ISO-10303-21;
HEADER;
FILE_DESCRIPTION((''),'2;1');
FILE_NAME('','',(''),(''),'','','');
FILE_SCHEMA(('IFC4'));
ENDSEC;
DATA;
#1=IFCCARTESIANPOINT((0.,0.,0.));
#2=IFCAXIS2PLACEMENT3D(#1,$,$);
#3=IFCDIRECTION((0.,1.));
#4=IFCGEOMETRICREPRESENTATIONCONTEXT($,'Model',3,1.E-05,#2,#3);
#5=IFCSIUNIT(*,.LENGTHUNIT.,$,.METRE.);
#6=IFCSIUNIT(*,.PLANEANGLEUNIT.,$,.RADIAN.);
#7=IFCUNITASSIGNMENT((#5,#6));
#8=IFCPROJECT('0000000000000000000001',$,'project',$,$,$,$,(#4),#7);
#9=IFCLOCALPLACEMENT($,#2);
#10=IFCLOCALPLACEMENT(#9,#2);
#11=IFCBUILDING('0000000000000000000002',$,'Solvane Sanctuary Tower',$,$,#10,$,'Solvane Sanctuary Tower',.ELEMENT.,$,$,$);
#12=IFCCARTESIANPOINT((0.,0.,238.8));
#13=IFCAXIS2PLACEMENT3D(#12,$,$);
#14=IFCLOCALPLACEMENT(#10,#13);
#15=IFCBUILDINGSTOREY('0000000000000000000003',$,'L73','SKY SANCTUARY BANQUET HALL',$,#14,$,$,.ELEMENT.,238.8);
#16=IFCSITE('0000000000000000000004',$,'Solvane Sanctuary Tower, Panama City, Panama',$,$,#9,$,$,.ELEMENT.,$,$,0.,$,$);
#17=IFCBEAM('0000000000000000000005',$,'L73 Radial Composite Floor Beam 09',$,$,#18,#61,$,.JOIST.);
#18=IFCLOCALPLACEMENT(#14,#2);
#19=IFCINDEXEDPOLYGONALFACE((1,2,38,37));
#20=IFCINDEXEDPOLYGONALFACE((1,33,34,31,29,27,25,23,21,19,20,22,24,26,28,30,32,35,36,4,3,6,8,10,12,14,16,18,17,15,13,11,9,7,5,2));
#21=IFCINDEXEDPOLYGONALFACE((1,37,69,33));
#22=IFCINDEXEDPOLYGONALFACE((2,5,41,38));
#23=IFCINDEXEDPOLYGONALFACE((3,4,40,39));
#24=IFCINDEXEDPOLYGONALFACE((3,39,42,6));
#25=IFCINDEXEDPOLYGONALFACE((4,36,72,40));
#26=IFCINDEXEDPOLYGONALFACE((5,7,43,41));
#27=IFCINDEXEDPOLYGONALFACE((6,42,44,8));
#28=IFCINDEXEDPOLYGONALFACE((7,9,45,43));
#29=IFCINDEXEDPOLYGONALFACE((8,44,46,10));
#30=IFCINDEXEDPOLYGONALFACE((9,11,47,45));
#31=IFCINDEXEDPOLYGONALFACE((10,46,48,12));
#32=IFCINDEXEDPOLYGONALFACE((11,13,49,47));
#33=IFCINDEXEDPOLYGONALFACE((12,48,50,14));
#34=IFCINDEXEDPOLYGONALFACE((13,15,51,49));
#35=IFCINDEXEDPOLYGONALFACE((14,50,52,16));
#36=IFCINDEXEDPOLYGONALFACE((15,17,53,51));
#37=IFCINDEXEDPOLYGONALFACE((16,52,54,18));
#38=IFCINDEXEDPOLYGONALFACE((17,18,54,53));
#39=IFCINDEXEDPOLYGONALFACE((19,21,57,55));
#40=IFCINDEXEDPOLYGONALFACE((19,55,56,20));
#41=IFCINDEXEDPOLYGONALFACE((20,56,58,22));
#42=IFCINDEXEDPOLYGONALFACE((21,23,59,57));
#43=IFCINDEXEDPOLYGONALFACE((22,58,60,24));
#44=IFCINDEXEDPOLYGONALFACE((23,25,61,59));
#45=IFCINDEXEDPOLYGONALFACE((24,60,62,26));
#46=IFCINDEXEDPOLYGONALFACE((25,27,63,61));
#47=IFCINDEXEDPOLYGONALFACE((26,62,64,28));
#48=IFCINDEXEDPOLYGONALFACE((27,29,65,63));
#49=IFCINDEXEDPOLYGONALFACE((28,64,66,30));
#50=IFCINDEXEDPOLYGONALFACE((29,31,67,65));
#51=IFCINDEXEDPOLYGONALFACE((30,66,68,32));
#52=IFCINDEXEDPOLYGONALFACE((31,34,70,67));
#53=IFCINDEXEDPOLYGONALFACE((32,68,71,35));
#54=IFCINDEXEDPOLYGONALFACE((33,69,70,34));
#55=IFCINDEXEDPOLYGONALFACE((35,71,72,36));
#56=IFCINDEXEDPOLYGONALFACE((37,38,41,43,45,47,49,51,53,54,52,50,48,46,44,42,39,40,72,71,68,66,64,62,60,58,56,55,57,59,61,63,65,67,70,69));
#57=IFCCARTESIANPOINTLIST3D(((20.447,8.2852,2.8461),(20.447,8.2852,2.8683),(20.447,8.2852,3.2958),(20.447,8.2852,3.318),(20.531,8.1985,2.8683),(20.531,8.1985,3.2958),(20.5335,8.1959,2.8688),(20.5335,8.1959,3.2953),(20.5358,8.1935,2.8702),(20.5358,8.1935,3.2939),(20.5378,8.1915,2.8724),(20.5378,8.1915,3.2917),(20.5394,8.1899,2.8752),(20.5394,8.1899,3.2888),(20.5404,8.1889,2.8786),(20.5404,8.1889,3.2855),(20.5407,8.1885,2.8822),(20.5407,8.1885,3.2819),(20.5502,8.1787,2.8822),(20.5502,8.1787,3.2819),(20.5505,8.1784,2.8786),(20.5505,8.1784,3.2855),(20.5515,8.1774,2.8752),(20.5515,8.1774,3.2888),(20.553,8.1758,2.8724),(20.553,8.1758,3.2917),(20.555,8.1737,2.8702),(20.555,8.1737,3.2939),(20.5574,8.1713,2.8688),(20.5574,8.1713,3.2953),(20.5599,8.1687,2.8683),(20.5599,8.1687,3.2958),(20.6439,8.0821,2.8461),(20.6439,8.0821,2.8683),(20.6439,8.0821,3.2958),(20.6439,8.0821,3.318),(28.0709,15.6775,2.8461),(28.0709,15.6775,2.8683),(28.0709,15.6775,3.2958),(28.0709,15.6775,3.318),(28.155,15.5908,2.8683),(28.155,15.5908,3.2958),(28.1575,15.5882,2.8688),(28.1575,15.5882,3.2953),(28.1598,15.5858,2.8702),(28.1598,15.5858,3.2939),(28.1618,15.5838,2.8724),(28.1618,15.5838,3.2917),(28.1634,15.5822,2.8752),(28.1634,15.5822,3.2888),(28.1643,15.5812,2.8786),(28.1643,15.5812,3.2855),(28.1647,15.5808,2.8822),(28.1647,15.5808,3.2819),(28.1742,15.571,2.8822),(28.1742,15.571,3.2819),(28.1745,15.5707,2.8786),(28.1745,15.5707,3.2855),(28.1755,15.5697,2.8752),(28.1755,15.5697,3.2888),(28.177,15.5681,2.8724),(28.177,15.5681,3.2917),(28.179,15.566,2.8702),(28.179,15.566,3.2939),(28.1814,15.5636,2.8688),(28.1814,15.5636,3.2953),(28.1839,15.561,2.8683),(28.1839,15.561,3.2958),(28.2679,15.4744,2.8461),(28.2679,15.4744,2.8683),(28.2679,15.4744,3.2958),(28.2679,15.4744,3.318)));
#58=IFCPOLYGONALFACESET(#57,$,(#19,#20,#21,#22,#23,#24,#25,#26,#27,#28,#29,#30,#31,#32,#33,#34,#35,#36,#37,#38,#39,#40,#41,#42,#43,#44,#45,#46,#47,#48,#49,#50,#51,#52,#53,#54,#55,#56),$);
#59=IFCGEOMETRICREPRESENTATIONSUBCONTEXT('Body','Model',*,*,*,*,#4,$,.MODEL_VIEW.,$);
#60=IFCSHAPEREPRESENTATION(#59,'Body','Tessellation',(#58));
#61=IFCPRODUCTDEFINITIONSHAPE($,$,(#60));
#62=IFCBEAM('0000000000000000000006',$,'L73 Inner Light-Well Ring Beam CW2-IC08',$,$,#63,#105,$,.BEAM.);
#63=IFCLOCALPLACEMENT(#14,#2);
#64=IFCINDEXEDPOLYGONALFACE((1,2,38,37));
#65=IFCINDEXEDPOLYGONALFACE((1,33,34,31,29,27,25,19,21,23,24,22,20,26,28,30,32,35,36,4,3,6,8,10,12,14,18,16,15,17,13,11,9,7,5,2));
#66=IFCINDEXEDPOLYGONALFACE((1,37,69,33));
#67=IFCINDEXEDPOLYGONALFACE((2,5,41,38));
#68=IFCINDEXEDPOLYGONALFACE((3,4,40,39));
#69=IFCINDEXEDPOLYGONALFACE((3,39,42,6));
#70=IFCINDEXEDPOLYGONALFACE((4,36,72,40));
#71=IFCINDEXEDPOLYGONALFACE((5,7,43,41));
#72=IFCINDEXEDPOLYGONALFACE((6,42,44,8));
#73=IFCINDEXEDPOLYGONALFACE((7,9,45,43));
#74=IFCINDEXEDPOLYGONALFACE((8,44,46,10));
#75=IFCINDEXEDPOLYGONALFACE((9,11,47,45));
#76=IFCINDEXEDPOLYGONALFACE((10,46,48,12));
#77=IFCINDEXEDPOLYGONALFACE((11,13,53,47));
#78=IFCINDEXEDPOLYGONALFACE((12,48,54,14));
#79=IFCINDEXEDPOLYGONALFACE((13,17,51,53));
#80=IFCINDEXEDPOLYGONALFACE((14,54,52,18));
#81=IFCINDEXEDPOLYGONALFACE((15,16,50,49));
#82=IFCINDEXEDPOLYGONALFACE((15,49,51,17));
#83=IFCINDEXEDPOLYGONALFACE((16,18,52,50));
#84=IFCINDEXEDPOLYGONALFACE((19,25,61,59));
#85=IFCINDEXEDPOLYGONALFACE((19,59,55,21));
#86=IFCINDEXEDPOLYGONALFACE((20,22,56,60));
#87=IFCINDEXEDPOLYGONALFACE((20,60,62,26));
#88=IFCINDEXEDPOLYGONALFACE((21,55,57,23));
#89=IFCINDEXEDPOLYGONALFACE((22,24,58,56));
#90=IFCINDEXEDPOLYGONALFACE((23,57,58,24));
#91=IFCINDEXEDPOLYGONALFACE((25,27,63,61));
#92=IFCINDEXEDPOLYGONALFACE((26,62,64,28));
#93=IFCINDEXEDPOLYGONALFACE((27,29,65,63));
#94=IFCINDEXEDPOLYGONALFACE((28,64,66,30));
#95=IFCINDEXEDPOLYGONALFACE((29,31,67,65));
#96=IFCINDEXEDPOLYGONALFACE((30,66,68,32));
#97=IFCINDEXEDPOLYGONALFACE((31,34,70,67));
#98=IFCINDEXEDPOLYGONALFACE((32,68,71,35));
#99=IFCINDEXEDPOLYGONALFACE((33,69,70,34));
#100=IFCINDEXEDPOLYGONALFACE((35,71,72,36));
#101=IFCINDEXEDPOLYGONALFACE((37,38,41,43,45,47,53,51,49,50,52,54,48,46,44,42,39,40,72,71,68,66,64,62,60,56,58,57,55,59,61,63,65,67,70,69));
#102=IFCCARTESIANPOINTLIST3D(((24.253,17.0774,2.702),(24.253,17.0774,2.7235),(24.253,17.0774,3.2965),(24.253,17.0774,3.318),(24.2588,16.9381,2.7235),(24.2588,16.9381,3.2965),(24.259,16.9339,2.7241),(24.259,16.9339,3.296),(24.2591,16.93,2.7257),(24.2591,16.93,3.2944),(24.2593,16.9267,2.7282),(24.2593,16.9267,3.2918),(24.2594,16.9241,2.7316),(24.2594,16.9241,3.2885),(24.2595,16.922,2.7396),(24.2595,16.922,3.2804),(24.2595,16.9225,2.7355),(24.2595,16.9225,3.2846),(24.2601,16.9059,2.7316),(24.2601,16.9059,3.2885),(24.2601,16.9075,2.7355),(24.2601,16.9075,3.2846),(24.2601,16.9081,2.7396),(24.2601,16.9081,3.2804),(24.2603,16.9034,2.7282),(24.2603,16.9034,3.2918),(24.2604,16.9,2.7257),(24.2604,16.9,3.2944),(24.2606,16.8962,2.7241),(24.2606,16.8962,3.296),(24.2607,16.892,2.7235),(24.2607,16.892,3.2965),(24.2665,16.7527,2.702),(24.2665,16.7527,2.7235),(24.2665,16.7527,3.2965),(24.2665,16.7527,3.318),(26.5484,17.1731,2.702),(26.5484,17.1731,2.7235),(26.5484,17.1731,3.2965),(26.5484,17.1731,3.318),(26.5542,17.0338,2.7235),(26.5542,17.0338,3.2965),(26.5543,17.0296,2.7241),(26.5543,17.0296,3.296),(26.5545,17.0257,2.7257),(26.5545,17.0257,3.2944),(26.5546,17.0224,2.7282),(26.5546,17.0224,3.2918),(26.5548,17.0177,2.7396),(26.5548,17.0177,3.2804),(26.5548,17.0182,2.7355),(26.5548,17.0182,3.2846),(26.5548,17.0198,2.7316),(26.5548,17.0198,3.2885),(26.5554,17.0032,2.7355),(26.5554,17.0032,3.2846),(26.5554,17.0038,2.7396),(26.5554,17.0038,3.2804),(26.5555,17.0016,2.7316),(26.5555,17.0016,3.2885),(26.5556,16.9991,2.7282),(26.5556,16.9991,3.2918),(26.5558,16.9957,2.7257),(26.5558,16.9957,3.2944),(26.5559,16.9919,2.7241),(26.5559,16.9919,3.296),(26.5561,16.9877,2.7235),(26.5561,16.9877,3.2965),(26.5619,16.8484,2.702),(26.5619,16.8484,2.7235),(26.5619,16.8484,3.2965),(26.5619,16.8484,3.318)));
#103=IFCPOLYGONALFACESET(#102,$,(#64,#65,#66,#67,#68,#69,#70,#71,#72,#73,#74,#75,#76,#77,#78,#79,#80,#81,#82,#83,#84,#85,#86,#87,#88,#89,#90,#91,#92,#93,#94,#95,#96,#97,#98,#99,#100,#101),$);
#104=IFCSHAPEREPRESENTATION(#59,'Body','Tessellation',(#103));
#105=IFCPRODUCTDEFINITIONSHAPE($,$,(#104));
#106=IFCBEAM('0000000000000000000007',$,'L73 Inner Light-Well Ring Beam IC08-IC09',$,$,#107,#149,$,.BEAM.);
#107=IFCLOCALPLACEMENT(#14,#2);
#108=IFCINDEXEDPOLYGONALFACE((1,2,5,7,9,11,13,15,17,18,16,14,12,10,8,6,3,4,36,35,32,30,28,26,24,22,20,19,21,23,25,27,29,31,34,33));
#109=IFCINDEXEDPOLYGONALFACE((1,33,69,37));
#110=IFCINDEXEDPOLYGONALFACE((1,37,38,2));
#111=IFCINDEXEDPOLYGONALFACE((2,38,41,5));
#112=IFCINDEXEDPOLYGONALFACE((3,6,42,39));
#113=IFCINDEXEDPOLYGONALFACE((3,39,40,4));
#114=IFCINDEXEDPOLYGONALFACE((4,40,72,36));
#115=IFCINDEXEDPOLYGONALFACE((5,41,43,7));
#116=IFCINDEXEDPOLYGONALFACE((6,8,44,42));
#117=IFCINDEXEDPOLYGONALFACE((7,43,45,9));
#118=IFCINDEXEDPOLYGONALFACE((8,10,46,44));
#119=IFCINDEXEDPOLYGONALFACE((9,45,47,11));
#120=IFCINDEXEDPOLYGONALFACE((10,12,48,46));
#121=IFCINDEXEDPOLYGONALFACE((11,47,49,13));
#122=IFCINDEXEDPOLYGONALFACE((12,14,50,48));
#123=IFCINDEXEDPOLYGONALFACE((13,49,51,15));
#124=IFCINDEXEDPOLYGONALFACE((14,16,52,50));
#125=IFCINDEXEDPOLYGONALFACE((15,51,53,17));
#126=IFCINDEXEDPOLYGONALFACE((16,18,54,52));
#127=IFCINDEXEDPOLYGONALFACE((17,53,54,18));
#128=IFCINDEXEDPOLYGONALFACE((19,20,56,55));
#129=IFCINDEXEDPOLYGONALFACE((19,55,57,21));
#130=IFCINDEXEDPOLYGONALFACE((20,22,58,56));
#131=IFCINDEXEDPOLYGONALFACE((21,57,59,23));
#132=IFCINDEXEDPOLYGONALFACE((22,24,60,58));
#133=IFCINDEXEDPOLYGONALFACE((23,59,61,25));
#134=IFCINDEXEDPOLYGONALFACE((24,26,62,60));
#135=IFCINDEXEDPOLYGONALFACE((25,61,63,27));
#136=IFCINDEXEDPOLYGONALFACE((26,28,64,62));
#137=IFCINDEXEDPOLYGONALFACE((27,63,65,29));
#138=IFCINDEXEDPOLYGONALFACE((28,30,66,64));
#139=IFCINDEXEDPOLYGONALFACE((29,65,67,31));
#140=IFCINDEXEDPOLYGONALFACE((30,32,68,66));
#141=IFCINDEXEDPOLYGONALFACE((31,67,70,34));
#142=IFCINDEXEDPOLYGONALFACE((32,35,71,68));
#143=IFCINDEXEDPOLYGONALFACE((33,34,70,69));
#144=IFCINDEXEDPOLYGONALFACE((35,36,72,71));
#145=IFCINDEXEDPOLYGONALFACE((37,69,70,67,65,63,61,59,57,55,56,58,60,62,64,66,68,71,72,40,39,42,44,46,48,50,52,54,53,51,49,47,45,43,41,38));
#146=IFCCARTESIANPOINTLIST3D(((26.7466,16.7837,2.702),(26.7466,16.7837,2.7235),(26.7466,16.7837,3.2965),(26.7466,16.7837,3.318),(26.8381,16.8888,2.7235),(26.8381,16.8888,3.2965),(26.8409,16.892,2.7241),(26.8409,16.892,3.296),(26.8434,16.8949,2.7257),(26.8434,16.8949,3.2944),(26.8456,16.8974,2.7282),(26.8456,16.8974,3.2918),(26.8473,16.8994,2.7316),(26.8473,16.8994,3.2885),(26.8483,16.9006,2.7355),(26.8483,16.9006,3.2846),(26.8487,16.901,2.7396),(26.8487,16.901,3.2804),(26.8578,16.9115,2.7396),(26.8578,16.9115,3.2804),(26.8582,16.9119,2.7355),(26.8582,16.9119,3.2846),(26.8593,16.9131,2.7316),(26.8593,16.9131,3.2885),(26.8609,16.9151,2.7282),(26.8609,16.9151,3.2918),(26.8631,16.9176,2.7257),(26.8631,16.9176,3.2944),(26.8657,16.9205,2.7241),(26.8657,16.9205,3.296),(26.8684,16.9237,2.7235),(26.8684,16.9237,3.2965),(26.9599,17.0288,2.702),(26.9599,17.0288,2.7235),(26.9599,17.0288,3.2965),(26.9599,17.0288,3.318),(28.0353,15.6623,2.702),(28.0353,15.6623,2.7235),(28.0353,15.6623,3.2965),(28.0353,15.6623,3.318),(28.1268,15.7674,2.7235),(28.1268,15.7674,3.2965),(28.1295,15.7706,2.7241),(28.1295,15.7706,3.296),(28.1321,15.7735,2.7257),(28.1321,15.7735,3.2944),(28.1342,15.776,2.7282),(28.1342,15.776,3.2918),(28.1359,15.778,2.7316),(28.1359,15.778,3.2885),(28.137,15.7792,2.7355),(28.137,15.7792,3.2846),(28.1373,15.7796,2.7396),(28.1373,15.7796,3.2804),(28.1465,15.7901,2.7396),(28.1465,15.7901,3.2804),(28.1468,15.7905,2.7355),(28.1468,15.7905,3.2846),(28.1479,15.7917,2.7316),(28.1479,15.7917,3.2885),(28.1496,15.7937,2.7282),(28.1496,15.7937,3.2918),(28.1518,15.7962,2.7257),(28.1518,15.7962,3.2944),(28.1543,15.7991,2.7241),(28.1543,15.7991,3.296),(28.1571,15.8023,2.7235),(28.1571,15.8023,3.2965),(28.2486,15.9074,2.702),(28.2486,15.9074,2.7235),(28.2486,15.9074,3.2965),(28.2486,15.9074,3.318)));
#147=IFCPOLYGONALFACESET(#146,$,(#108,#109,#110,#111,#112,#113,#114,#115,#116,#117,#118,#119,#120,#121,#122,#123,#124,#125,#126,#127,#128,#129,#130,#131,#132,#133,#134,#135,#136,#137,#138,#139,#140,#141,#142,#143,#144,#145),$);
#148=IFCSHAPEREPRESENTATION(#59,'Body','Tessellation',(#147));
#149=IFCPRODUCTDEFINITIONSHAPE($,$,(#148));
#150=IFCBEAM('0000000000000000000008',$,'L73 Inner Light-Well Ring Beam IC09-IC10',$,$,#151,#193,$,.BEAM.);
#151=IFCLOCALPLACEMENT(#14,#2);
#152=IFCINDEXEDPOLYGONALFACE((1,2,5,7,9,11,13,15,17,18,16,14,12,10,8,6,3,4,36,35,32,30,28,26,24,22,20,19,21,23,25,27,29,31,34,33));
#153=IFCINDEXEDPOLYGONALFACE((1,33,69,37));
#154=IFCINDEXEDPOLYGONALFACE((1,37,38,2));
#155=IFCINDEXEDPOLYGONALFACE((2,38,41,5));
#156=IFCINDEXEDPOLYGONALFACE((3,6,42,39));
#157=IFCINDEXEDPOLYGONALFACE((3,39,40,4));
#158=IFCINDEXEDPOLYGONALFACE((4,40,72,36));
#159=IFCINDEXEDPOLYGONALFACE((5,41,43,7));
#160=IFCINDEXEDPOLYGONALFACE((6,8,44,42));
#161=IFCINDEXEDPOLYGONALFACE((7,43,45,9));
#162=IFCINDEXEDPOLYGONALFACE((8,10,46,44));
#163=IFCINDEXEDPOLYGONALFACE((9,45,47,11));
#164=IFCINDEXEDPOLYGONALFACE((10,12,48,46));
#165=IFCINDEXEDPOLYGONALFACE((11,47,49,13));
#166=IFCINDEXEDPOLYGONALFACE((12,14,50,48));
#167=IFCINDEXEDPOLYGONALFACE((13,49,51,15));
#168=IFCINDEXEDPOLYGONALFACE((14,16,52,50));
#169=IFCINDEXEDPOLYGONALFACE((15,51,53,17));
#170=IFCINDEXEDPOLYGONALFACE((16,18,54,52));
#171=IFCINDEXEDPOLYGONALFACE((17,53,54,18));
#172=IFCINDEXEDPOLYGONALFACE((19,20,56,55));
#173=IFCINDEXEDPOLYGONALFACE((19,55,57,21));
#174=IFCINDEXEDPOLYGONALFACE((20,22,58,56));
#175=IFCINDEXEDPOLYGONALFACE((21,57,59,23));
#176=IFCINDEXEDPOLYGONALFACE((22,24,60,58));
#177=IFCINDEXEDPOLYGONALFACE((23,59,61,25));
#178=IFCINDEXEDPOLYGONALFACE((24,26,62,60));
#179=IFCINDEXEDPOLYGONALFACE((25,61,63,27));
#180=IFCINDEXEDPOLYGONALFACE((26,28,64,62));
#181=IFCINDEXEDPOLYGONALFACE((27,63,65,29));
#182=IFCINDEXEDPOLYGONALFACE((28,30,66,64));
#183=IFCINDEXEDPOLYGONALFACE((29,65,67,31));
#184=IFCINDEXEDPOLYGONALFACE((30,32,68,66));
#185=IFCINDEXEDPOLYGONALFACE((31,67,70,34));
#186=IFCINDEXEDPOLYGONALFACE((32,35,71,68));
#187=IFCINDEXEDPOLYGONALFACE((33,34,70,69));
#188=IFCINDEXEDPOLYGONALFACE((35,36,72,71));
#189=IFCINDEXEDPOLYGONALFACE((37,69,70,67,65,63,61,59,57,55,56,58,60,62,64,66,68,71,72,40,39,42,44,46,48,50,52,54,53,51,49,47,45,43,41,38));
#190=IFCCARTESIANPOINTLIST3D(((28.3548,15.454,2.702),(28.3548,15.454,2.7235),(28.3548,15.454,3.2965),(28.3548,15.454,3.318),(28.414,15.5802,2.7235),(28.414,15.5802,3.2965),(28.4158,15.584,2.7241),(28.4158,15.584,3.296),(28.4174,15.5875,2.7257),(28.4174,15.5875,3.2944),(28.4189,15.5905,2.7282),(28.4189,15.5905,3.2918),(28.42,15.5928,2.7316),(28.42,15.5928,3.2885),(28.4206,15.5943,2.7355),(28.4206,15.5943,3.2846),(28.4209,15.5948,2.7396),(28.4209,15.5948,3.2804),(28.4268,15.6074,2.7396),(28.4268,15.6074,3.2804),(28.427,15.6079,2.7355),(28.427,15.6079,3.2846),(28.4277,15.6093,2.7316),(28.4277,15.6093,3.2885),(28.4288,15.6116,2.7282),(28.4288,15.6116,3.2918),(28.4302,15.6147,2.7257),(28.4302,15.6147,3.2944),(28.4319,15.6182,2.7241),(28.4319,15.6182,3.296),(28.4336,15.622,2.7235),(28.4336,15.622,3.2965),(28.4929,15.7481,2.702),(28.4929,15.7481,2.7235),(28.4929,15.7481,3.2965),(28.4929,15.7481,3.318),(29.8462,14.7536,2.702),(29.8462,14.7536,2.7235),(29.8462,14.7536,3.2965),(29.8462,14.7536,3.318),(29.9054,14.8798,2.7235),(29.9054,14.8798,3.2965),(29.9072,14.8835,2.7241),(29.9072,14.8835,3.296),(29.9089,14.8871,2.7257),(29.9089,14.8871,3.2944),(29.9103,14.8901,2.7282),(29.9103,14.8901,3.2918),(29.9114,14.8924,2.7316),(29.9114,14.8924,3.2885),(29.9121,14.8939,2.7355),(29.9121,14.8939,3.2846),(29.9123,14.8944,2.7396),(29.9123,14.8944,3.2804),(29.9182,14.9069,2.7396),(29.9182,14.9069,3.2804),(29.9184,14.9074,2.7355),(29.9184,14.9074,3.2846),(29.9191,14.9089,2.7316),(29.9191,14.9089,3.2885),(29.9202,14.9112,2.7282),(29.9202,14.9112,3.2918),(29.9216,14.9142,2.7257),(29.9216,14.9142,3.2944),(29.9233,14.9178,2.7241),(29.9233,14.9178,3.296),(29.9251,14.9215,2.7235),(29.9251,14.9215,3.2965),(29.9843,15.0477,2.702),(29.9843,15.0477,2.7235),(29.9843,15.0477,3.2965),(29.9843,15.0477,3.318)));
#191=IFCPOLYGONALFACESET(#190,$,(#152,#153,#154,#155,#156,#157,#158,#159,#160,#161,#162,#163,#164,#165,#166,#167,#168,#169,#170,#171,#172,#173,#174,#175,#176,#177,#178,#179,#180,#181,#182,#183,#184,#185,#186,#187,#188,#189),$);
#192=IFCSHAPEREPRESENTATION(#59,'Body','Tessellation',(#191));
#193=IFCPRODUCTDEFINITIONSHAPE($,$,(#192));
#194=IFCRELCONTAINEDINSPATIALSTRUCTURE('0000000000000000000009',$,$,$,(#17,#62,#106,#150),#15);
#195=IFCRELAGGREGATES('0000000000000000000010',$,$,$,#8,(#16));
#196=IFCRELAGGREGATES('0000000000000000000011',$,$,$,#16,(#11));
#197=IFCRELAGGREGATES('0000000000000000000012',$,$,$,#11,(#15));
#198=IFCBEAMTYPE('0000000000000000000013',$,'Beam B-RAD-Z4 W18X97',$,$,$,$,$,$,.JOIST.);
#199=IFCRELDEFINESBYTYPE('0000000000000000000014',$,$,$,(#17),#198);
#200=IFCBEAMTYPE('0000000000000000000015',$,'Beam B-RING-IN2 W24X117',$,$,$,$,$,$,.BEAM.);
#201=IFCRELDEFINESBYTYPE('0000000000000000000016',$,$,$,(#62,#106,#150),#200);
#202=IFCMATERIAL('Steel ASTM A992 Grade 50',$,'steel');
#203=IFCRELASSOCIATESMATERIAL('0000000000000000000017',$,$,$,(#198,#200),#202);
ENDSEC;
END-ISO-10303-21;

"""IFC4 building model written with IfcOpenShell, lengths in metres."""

from ifc_helpers import new_model, si_unit, direction, frame, origin, origin_2d, place, context, subcontext, project, spatial, i_section, extrude, material, material_profile, profile_set, type_object, element, save


model = new_model("IFC4")

# Units and contexts
model_context = context("Model", 3, precision=1e-05, world=origin(), true_north=direction((0.0, 1.0)))
body_context = subcontext(model_context, "Body", "Model", "MODEL_VIEW")
ifc_project = project(units=[si_unit("LENGTHUNIT", "METRE"), si_unit("PLANEANGLEUNIT", "RADIAN")], contexts=[model_context])

# Site, building, storey
site_placement = place(None, origin())
site = spatial("IfcSite", under=ifc_project, at=site_placement, Name="Solvane Sanctuary Tower, Panama City, Panama", CompositionType="ELEMENT", RefElevation=0.0)
building_placement = place(site_placement, origin())
building = spatial("IfcBuilding", under=site, at=building_placement, Name="Solvane Sanctuary Tower", LongName="Solvane Sanctuary Tower", CompositionType="ELEMENT")
storey_placement = place(building_placement, frame((0.0, 0.0, 238.8)))
storey = spatial("IfcBuildingStorey", under=building, at=storey_placement, Name="L73", Description="SKY SANCTUARY BANQUET HALL", CompositionType="ELEMENT", Elevation=238.8)

# Beams
ifc_material_1 = material(Name="Steel ASTM A992 Grade 50", Category="steel")
ifc_material_profile_1 = material_profile(ifc_material_1, i_section(OverallWidth=0.283, OverallDepth=0.4719, WebThickness=0.0137, FlangeThickness=0.0222, FilletRadius=0.0139, at=origin_2d()), Name="W18X97")
ifc_profile_set_1 = profile_set([ifc_material_profile_1], Name="Steel ASTM A992 Grade 50")
beam_type_1 = type_object("IfcBeamType", Name="Beam B-RAD-Z4 W18X97", PredefinedType="JOIST", material=ifc_profile_set_1)
beam_1_placement = place(storey_placement, frame((28.1694, 15.5759, 3.082), z_axis=(-0.717931, -0.696114, 0.0), x_axis=(0.696114, -0.717931, 0.0)))
element("IfcBeam", 1, at=beam_1_placement, inside=storey, type_object=beam_type_1, Name="L73 Radial Composite Floor Beam 09", PredefinedType="JOIST", context=body_context, shape_type="SweptSolid", body=[
    extrude(i_section(OverallWidth=0.283, OverallDepth=0.4719, WebThickness=0.0137, FlangeThickness=0.0222, FilletRadius=0.0139, at=origin_2d()), origin(), (0.0, 0.0, 1.0), 10.6194),
])
ifc_material_profile_2 = material_profile(ifc_material_1, i_section(OverallWidth=0.325, OverallDepth=0.616, WebThickness=0.0139, FlangeThickness=0.0215, FilletRadius=0.0161, at=origin_2d()), Name="W24X117")
ifc_profile_set_2 = profile_set([ifc_material_profile_2], Name="Steel ASTM A992 Grade 50")
beam_type_2 = type_object("IfcBeamType", Name="Beam B-RING-IN2 W24X117", PredefinedType="BEAM", material=ifc_profile_set_2)
beam_2_placement = place(storey_placement, frame((24.2598, 16.915, 3.01), z_axis=(0.999132, 0.041657, 0.0), x_axis=(-0.041657, 0.999132, 0.0)))
element("IfcBeam", 2, at=beam_2_placement, inside=storey, type_object=beam_type_2, Name="L73 Inner Light-Well Ring Beam CW2-IC08", PredefinedType="BEAM", context=body_context, shape_type="SweptSolid", body=[
    extrude(i_section(OverallWidth=0.325, OverallDepth=0.616, WebThickness=0.0139, FlangeThickness=0.0215, FilletRadius=0.0161, at=origin_2d()), origin(), (0.0, 0.0, 1.0), 2.2974),
])
beam_3_placement = place(storey_placement, frame((26.8533, 16.9062, 3.01), z_axis=(0.754362, -0.656458, 0.0), x_axis=(0.656458, 0.754362, 0.0)))
element("IfcBeam", 3, at=beam_3_placement, inside=storey, type_object=beam_type_2, Name="L73 Inner Light-Well Ring Beam IC08-IC09", PredefinedType="BEAM", context=body_context, shape_type="SweptSolid", body=[
    extrude(i_section(OverallWidth=0.325, OverallDepth=0.616, WebThickness=0.0139, FlangeThickness=0.0215, FilletRadius=0.0161, at=origin_2d()), origin(), (0.0, 0.0, 1.0), 1.7083),
])
beam_4_placement = place(storey_placement, frame((28.4238, 15.6011, 3.01), z_axis=(0.905151, -0.42509, 0.0), x_axis=(0.42509, 0.905151, 0.0)))
element("IfcBeam", 4, at=beam_4_placement, inside=storey, type_object=beam_type_2, Name="L73 Inner Light-Well Ring Beam IC09-IC10", PredefinedType="BEAM", context=body_context, shape_type="SweptSolid", body=[
    extrude(i_section(OverallWidth=0.325, OverallDepth=0.616, WebThickness=0.0139, FlangeThickness=0.0215, FilletRadius=0.0161, at=origin_2d()), origin(), (0.0, 0.0, 1.0), 1.6477),
])

save(model, "model.ifc")
